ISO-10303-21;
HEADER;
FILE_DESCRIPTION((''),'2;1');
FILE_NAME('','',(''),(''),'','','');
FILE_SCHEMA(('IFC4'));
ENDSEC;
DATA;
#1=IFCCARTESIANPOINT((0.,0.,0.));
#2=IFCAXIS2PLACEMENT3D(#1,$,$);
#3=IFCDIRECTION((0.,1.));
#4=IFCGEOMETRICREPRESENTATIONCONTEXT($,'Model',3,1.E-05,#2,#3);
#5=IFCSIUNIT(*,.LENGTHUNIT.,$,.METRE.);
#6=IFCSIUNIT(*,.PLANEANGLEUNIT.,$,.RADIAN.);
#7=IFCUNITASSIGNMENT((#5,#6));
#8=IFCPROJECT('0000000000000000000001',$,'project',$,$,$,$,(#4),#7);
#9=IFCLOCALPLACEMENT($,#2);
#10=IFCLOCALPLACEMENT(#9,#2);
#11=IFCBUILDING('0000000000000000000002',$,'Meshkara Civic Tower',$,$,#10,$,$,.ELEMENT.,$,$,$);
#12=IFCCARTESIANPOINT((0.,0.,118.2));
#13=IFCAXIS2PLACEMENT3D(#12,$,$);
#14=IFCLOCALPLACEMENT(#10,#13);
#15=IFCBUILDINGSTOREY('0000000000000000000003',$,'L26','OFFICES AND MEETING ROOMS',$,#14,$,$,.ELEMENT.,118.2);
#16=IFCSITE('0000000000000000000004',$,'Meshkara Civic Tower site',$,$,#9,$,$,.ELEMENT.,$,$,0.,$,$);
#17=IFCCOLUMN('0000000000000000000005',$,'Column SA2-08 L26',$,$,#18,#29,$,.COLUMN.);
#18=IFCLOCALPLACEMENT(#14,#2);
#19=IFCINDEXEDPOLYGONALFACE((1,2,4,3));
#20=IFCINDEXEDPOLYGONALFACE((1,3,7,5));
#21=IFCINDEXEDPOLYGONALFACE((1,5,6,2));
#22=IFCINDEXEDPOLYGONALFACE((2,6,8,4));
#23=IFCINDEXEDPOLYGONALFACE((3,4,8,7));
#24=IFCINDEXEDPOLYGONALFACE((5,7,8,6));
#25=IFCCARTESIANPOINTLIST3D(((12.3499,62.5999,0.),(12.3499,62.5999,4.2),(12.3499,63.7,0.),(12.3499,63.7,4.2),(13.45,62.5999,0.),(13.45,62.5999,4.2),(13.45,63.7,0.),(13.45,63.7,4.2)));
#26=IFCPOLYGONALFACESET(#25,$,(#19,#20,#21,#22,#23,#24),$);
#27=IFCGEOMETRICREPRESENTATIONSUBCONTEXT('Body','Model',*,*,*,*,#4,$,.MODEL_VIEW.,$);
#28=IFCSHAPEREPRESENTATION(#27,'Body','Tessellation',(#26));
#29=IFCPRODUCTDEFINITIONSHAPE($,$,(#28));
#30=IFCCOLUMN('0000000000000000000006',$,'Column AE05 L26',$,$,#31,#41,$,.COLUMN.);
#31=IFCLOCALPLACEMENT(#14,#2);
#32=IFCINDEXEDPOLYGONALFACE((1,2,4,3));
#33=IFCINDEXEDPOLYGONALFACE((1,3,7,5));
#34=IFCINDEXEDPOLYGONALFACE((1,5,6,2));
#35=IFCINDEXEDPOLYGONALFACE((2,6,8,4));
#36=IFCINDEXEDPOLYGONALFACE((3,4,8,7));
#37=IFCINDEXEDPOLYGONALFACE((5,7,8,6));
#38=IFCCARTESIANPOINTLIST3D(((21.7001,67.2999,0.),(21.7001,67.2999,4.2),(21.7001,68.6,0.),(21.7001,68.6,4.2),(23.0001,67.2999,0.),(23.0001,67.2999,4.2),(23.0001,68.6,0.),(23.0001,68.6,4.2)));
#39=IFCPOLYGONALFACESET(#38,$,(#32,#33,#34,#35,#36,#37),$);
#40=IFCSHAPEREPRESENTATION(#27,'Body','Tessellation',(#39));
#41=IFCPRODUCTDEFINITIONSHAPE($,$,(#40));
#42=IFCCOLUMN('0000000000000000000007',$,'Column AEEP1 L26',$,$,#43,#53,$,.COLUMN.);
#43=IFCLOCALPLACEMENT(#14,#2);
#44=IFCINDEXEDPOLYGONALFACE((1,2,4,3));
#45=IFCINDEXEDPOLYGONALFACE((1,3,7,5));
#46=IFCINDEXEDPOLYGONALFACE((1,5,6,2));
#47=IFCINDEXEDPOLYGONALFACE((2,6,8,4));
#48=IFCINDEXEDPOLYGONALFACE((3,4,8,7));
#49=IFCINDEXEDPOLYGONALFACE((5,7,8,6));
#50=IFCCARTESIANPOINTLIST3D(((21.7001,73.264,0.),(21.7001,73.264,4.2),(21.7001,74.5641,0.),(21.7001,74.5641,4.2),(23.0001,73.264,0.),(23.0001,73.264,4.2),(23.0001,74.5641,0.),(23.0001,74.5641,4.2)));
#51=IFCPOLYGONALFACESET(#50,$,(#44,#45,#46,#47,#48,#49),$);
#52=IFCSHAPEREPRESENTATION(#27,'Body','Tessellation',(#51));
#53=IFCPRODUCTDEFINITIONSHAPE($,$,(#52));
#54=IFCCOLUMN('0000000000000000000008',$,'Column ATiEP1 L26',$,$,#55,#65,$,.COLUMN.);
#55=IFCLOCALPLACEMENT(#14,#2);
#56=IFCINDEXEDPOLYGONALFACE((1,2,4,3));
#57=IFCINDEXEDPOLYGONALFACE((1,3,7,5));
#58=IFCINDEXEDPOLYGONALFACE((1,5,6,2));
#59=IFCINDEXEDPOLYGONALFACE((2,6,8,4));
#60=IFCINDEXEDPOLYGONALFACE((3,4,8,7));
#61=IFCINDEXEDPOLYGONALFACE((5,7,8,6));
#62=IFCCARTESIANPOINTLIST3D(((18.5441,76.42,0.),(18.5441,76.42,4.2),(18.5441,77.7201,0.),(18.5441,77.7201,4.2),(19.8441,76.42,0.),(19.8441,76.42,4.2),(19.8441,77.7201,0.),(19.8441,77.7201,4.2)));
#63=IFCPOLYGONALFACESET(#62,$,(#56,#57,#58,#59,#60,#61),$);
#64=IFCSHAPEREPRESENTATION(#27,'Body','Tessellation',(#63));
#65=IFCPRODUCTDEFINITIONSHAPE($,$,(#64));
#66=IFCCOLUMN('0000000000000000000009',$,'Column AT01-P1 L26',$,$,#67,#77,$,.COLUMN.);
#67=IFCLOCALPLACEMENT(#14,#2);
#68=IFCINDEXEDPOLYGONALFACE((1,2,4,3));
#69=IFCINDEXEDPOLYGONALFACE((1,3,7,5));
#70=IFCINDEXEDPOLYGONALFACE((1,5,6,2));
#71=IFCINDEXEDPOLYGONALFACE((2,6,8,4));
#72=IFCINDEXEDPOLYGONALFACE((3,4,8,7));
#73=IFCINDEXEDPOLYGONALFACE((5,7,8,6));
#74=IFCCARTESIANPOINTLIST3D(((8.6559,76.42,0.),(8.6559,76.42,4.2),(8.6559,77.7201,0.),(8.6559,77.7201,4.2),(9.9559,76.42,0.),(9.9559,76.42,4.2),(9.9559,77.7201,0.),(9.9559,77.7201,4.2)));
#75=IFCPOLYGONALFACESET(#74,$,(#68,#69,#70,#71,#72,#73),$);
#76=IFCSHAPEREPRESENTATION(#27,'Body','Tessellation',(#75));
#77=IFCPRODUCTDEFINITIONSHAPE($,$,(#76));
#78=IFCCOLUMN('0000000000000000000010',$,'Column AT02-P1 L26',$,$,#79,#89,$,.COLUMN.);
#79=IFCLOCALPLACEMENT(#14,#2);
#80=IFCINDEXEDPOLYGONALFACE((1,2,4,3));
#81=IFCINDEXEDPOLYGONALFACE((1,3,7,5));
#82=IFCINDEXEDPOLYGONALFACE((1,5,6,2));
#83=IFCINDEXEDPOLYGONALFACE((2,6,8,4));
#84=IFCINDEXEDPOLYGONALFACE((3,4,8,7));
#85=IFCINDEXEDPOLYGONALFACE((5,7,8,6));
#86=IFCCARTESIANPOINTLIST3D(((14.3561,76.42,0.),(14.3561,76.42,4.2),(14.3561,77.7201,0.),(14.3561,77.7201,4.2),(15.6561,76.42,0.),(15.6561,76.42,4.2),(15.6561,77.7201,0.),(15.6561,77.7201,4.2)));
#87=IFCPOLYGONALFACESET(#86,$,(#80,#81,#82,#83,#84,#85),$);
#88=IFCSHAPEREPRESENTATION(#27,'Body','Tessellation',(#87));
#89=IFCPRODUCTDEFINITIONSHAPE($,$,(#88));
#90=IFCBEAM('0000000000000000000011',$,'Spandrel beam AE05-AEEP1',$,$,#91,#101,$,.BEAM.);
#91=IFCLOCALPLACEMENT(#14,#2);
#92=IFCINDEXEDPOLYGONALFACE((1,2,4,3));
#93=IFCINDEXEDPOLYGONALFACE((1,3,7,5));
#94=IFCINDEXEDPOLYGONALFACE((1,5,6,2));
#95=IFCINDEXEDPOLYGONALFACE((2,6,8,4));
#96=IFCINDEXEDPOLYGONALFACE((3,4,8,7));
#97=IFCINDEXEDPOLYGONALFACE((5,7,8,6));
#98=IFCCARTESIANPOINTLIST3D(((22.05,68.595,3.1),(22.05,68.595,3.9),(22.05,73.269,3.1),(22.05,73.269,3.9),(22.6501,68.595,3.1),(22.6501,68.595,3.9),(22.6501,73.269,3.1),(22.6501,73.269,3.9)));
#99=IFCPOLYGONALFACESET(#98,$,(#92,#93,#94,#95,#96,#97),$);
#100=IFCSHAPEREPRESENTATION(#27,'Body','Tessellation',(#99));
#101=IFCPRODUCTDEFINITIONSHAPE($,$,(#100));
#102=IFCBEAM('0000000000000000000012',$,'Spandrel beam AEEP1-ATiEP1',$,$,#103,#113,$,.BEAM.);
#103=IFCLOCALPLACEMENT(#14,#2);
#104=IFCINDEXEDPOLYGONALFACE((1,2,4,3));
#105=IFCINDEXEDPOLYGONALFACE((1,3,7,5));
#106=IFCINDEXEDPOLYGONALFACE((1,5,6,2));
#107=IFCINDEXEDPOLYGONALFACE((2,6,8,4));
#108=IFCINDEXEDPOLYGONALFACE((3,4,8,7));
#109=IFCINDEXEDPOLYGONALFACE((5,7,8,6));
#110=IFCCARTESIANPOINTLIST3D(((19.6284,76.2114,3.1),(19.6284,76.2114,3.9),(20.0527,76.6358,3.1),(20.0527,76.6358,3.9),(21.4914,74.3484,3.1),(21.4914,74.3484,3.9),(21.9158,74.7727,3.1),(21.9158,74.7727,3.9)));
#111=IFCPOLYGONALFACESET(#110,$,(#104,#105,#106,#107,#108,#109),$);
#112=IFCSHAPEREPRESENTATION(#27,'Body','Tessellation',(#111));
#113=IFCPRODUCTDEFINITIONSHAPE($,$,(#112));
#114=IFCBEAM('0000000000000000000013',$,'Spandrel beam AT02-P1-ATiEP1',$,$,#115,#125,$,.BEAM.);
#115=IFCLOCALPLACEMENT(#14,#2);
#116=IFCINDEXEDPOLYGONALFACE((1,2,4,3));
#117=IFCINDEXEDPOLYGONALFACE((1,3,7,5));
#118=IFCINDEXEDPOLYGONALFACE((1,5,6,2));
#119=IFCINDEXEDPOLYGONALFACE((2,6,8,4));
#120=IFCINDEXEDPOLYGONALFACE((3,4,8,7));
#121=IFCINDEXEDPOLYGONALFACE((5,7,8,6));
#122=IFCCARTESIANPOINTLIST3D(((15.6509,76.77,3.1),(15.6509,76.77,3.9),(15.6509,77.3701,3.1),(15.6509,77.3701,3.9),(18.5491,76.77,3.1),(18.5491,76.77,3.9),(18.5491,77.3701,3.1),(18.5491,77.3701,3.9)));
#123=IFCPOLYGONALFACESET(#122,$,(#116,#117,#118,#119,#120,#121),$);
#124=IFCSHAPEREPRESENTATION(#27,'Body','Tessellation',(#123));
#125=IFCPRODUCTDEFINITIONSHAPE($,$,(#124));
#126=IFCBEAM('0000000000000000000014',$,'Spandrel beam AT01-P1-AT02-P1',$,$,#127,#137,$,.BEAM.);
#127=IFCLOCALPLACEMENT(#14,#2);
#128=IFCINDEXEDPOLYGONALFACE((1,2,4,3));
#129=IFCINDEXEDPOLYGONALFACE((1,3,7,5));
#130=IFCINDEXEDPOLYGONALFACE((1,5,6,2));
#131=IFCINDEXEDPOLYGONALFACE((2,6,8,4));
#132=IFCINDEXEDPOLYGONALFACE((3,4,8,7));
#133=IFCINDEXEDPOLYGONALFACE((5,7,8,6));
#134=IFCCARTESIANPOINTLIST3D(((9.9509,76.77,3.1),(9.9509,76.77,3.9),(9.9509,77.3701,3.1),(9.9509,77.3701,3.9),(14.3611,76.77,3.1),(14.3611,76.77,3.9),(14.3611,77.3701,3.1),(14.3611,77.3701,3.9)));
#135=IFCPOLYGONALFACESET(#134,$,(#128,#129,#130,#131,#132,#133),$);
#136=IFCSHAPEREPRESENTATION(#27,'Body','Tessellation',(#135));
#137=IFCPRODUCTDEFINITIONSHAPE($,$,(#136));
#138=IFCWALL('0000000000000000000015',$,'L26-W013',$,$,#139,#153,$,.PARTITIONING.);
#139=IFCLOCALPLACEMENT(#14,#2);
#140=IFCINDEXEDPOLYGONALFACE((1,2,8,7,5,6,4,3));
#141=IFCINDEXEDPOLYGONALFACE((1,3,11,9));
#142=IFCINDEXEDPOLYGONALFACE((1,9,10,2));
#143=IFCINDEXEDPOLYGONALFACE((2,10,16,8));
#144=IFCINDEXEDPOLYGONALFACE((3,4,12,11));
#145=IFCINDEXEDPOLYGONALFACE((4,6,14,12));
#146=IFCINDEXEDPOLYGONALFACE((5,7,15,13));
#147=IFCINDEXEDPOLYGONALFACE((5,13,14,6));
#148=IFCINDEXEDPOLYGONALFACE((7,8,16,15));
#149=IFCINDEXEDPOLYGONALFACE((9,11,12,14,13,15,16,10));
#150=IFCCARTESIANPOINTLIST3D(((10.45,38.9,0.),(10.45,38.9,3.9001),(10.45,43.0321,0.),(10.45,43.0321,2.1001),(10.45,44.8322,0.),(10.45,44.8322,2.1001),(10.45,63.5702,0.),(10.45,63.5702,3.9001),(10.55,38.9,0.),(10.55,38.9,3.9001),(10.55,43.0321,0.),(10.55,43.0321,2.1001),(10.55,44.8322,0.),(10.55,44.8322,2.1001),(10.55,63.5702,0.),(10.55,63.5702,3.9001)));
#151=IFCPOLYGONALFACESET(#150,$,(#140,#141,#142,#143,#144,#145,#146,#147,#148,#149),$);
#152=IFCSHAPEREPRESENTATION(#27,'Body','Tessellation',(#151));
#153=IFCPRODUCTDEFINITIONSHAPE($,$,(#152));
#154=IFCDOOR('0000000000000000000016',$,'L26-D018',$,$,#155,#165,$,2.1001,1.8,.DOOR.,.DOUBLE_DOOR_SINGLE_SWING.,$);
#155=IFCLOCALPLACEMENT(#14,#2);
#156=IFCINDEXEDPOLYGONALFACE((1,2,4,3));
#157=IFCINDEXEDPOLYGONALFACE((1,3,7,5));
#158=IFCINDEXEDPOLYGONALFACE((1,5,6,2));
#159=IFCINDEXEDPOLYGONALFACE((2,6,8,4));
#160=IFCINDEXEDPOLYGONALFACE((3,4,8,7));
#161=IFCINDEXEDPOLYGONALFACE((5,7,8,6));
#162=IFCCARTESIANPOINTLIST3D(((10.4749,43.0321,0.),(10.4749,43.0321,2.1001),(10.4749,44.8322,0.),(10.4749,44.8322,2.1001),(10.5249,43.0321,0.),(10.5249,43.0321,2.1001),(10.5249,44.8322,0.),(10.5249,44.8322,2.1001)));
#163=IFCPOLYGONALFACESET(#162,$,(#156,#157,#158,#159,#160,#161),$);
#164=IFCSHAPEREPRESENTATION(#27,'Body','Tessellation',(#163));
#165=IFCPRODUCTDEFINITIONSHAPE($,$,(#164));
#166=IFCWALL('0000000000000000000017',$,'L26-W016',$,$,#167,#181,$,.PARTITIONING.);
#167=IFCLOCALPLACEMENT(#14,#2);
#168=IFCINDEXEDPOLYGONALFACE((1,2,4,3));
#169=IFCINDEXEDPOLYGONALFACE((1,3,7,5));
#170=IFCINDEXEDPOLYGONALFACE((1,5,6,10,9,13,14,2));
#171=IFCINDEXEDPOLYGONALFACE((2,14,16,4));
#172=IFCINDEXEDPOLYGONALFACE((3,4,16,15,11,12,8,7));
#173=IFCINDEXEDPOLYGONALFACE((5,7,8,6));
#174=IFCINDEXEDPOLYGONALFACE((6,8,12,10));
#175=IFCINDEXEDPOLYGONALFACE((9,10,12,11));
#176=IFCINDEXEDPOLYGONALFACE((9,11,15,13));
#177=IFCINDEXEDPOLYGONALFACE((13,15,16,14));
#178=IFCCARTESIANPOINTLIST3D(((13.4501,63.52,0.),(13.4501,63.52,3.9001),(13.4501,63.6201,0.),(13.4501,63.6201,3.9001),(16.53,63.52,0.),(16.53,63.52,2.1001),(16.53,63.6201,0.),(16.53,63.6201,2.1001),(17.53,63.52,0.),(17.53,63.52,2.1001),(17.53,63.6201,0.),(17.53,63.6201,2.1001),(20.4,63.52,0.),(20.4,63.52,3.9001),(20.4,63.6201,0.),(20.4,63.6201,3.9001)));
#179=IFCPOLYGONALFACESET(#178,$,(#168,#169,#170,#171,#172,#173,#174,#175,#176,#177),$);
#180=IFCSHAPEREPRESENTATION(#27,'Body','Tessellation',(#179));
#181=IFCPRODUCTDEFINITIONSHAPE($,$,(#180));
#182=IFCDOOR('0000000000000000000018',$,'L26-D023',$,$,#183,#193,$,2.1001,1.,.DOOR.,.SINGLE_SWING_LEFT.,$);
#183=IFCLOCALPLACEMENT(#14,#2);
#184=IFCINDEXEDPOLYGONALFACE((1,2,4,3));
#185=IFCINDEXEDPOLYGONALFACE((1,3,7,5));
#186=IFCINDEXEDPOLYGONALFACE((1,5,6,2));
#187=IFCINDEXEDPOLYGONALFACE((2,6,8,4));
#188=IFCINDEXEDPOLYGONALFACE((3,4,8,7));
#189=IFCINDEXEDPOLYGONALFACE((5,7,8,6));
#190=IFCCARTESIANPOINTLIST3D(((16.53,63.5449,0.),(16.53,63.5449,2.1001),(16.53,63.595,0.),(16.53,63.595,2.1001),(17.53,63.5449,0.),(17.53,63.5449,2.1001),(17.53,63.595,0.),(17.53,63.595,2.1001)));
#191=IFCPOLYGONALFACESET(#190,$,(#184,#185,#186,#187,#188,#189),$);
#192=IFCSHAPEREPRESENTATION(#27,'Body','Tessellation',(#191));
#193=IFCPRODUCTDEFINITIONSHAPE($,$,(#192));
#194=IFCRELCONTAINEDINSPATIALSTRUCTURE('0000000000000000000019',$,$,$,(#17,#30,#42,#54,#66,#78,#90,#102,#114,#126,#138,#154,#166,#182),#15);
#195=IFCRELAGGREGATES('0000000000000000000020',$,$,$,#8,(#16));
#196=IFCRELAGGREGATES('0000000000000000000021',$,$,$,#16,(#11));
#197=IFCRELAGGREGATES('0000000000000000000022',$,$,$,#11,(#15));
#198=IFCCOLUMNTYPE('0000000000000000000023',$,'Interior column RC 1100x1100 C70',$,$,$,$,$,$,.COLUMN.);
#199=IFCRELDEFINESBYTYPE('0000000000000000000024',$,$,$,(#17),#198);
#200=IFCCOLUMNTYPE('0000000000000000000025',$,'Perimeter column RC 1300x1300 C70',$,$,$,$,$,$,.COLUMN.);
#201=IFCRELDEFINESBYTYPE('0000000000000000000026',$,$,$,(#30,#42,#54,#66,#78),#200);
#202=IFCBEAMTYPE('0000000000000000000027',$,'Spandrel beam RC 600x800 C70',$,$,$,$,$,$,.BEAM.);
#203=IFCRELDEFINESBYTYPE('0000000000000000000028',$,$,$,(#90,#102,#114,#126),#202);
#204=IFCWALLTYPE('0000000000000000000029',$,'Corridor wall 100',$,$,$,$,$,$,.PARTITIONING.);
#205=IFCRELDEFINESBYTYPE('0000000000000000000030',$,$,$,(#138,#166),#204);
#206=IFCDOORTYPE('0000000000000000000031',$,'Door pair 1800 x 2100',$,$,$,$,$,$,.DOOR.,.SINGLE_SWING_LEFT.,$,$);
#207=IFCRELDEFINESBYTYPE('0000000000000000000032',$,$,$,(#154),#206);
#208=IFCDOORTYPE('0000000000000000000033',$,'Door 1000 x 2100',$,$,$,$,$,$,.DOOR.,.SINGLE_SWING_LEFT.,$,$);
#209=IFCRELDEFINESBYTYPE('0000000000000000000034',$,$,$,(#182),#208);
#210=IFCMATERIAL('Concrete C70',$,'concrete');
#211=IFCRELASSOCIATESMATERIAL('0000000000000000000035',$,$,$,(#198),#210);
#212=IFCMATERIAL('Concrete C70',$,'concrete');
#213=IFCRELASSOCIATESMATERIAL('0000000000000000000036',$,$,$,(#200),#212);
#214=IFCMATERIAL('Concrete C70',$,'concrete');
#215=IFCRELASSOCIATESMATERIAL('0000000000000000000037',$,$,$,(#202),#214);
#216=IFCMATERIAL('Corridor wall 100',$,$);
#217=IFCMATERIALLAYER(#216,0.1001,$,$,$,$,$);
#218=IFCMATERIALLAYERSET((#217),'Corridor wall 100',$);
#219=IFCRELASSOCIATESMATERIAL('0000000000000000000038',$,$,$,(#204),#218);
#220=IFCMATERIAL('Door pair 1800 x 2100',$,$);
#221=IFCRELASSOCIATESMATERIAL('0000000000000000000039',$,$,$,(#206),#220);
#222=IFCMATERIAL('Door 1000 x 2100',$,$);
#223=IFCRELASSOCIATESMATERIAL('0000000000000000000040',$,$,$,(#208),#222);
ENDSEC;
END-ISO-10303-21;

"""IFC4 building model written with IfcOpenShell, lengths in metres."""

from ifc_helpers import new_model, si_unit, direction, frame, frame_2d, origin, origin_2d, place, context, subcontext, project, spatial, rectangle, extrude, material, layer, layer_set, material_profile, profile_set, type_object, element, fill, save


model = new_model("IFC4")

# Units and contexts
model_context = context("Model", 3, precision=1e-05, world=origin(), true_north=direction((0.0, 1.0)))
body_context = subcontext(model_context, "Body", "Model", "MODEL_VIEW")
ifc_project = project(units=[si_unit("LENGTHUNIT", "METRE"), si_unit("PLANEANGLEUNIT", "RADIAN")], contexts=[model_context])

# Site, building, storey
site_placement = place(None, origin())
site = spatial("IfcSite", under=ifc_project, at=site_placement, Name="Meshkara Civic Tower site", CompositionType="ELEMENT", RefElevation=0.0)
building_placement = place(site_placement, origin())
building = spatial("IfcBuilding", under=site, at=building_placement, Name="Meshkara Civic Tower", CompositionType="ELEMENT")
storey_placement = place(building_placement, frame((0.0, 0.0, 118.2)))
storey = spatial("IfcBuildingStorey", under=building, at=storey_placement, Name="L26", Description="OFFICES AND MEETING ROOMS", CompositionType="ELEMENT", Elevation=118.2)

# Columns
ifc_material_1 = material(Name="Concrete C70", Category="concrete")
ifc_material_profile_1 = material_profile(ifc_material_1, rectangle(XDim=1.1001, YDim=1.1001, at=origin_2d()))
ifc_profile_set_1 = profile_set([ifc_material_profile_1], Name="Concrete C70")
column_type_1 = type_object("IfcColumnType", Name="Interior column RC 1100x1100 C70", PredefinedType="COLUMN", material=ifc_profile_set_1)
column_placement = place(storey_placement, frame((12.8999, 63.1499, 0.0), z_axis=(0.0, 0.0, 1.0), x_axis=(1.0, 0.0, 0.0)))
element("IfcColumn", 1, at=column_placement, inside=storey, type_object=column_type_1, Name="Column SA2-08 L26", PredefinedType="COLUMN", context=body_context, shape_type="SweptSolid", body=[
    extrude(rectangle(XDim=1.1001, YDim=1.1001, at=origin_2d()), origin(), (0.0, 0.0, 1.0), 4.2),
])
ifc_material_2 = material(Name="Concrete C70", Category="concrete")
ifc_material_profile_2 = material_profile(ifc_material_2, rectangle(XDim=1.3, YDim=1.3, at=origin_2d()))
ifc_profile_set_2 = profile_set([ifc_material_profile_2], Name="Concrete C70")
column_type_2 = type_object("IfcColumnType", Name="Perimeter column RC 1300x1300 C70", PredefinedType="COLUMN", material=ifc_profile_set_2)
for number, where, z_axis, x_axis, name in (
    (2, (22.3501, 67.95, 0.0), (0.0, 0.0, 1.0), (1.0, 0.0, 0.0), "Column AE05 L26"),
    (3, (22.3501, 73.9141, 0.0), (0.0, 0.0, 1.0), (1.0, 0.0, 0.0), "Column AEEP1 L26"),
    (4, (19.1941, 77.0701, 0.0), (0.0, 0.0, 1.0), (1.0, 0.0, 0.0), "Column ATiEP1 L26"),
    (5, (9.3059, 77.0701, 0.0), (0.0, 0.0, 1.0), (1.0, 0.0, 0.0), "Column AT01-P1 L26"),
    (6, (15.0061, 77.0701, 0.0), (0.0, 0.0, 1.0), (1.0, 0.0, 0.0), "Column AT02-P1 L26"),
):
    element("IfcColumn", number, at=place(storey_placement, frame(where, z_axis=z_axis, x_axis=x_axis)), inside=storey, type_object=column_type_2, Name=name, PredefinedType="COLUMN", context=body_context, shape_type="SweptSolid", body=[
        extrude(rectangle(XDim=1.3, YDim=1.3, at=origin_2d()), origin(), (0.0, 0.0, 1.0), 4.2),
    ])

# Beams
ifc_material_3 = material(Name="Concrete C70", Category="concrete")
ifc_material_profile_3 = material_profile(ifc_material_3, rectangle(XDim=0.6001, YDim=0.8, at=origin_2d()))
ifc_profile_set_3 = profile_set([ifc_material_profile_3], Name="Concrete C70")
beam_type = type_object("IfcBeamType", Name="Spandrel beam RC 600x800 C70", PredefinedType="BEAM", material=ifc_profile_set_3)
beam_1_placement = place(storey_placement, frame((22.3501, 68.595, 3.5), z_axis=(0.0, 1.0, 0.0), x_axis=(-1.0, 0.0, 0.0)))
element("IfcBeam", 7, at=beam_1_placement, inside=storey, type_object=beam_type, Name="Spandrel beam AE05-AEEP1", PredefinedType="BEAM", context=body_context, shape_type="SweptSolid", body=[
    extrude(rectangle(XDim=0.6001, YDim=0.8, at=origin_2d()), origin(), (0.0, 0.0, 1.0), 4.6741),
])
beam_2_placement = place(storey_placement, frame((21.7036, 74.5605, 3.5), z_axis=(-0.707107, 0.707107, 0.0), x_axis=(-0.707107, -0.707107, 0.0)))
element("IfcBeam", 8, at=beam_2_placement, inside=storey, type_object=beam_type, Name="Spandrel beam AEEP1-ATiEP1", PredefinedType="BEAM", context=body_context, shape_type="SweptSolid", body=[
    extrude(rectangle(XDim=0.6001, YDim=0.8, at=origin_2d()), origin(), (0.0, 0.0, 1.0), 2.6348),
])
beam_3_placement = place(storey_placement, frame((18.5491, 77.0701, 3.5), z_axis=(-1.0, 0.0, 0.0), x_axis=(0.0, -1.0, 0.0)))
element("IfcBeam", 9, at=beam_3_placement, inside=storey, type_object=beam_type, Name="Spandrel beam AT02-P1-ATiEP1", PredefinedType="BEAM", context=body_context, shape_type="SweptSolid", body=[
    extrude(rectangle(XDim=0.6001, YDim=0.8, at=origin_2d()), origin(), (0.0, 0.0, 1.0), 2.8982),
])
beam_4_placement = place(storey_placement, frame((14.3611, 77.0701, 3.5), z_axis=(-1.0, 0.0, 0.0), x_axis=(0.0, -1.0, 0.0)))
element("IfcBeam", 10, at=beam_4_placement, inside=storey, type_object=beam_type, Name="Spandrel beam AT01-P1-AT02-P1", PredefinedType="BEAM", context=body_context, shape_type="SweptSolid", body=[
    extrude(rectangle(XDim=0.6001, YDim=0.8, at=origin_2d()), origin(), (0.0, 0.0, 1.0), 4.4102),
])

# Walls, openings, doors
ifc_material_4 = material(Name="Corridor wall 100")
ifc_layer_1 = layer(ifc_material_4, 0.1001)
ifc_layer_set_1 = layer_set([ifc_layer_1], Name="Corridor wall 100")
wall_type_1 = type_object("IfcWallType", Name="Corridor wall 100", PredefinedType="PARTITIONING", material=ifc_layer_set_1)
wall_1_placement = place(storey_placement, frame((10.5, 63.5701, 0.0), z_axis=(0.0, 0.0, 1.0), x_axis=(0.0, -1.0, 0.0)))
wall_1 = element("IfcWall", 11, at=wall_1_placement, inside=storey, type_object=wall_type_1, Name="L26-W013", PredefinedType="PARTITIONING", context=body_context, shape_type="SweptSolid", body=[
    extrude(rectangle(XDim=24.6702, YDim=0.1001, at=frame_2d((12.335, 0.0))), origin(), (0.0, 0.0, 1.0), 3.9001),
])
opening_1_placement = place(wall_1_placement, frame((18.738, 0.0, 0.0)))
opening_1 = element("IfcOpeningElement", 12, at=opening_1_placement, cuts=wall_1, PredefinedType="OPENING", context=body_context, shape_type="SweptSolid", body=[
    extrude(rectangle(XDim=1.8, YDim=2.1001, at=frame_2d((0.8999, 1.05))), frame((0.0, 0.0601, 0.0), z_axis=(0.0, -1.0, 0.0), x_axis=(1.0, 0.0, 0.0)), (0.0, 0.0, 1.0), 0.1201),
])
ifc_material_5 = material(Name="Door pair 1800 x 2100")
door_type_1 = type_object("IfcDoorType", Name="Door pair 1800 x 2100", OperationType="SINGLE_SWING_LEFT", PredefinedType="DOOR", material=ifc_material_5)
door_1_placement = place(opening_1_placement, origin())
door_1 = element("IfcDoor", 13, at=door_1_placement, inside=storey, type_object=door_type_1, Name="L26-D018", OperationType="DOUBLE_DOOR_SINGLE_SWING", OverallHeight=2.1001, OverallWidth=1.8, PredefinedType="DOOR", context=body_context, shape_type="SweptSolid", body=[
    extrude(rectangle(XDim=1.8, YDim=2.1001, at=frame_2d((0.8999, 1.05))), frame((0.0, 0.0249, 0.0), z_axis=(0.0, -1.0, 0.0), x_axis=(1.0, 0.0, 0.0)), (0.0, 0.0, 1.0), 0.05),
])
fill(opening_1, door_1)
wall_2_placement = place(storey_placement, frame((13.45, 63.5701, 0.0), z_axis=(0.0, 0.0, 1.0), x_axis=(1.0, 0.0, 0.0)))
wall_2 = element("IfcWall", 14, at=wall_2_placement, inside=storey, type_object=wall_type_1, Name="L26-W016", PredefinedType="PARTITIONING", context=body_context, shape_type="SweptSolid", body=[
    extrude(rectangle(XDim=6.95, YDim=0.1001, at=frame_2d((3.4751, 0.0))), origin(), (0.0, 0.0, 1.0), 3.9001),
])
opening_2_placement = place(wall_2_placement, frame((3.0801, 0.0, 0.0)))
opening_2 = element("IfcOpeningElement", 15, at=opening_2_placement, cuts=wall_2, PredefinedType="OPENING", context=body_context, shape_type="SweptSolid", body=[
    extrude(rectangle(XDim=1.0, YDim=2.1001, at=frame_2d((0.5, 1.05))), frame((0.0, 0.0601, 0.0), z_axis=(0.0, -1.0, 0.0), x_axis=(1.0, 0.0, 0.0)), (0.0, 0.0, 1.0), 0.1201),
])
ifc_material_6 = material(Name="Door 1000 x 2100")
door_type_2 = type_object("IfcDoorType", Name="Door 1000 x 2100", OperationType="SINGLE_SWING_LEFT", PredefinedType="DOOR", material=ifc_material_6)
door_2_placement = place(opening_2_placement, origin())
door_2 = element("IfcDoor", 16, at=door_2_placement, inside=storey, type_object=door_type_2, Name="L26-D023", OperationType="SINGLE_SWING_LEFT", OverallHeight=2.1001, OverallWidth=1.0, PredefinedType="DOOR", context=body_context, shape_type="SweptSolid", body=[
    extrude(rectangle(XDim=1.0, YDim=2.1001, at=frame_2d((0.5, 1.05))), frame((0.0, 0.0249, 0.0), z_axis=(0.0, -1.0, 0.0), x_axis=(1.0, 0.0, 0.0)), (0.0, 0.0, 1.0), 0.05),
])
fill(opening_2, door_2)

save(model, "model.ifc")
